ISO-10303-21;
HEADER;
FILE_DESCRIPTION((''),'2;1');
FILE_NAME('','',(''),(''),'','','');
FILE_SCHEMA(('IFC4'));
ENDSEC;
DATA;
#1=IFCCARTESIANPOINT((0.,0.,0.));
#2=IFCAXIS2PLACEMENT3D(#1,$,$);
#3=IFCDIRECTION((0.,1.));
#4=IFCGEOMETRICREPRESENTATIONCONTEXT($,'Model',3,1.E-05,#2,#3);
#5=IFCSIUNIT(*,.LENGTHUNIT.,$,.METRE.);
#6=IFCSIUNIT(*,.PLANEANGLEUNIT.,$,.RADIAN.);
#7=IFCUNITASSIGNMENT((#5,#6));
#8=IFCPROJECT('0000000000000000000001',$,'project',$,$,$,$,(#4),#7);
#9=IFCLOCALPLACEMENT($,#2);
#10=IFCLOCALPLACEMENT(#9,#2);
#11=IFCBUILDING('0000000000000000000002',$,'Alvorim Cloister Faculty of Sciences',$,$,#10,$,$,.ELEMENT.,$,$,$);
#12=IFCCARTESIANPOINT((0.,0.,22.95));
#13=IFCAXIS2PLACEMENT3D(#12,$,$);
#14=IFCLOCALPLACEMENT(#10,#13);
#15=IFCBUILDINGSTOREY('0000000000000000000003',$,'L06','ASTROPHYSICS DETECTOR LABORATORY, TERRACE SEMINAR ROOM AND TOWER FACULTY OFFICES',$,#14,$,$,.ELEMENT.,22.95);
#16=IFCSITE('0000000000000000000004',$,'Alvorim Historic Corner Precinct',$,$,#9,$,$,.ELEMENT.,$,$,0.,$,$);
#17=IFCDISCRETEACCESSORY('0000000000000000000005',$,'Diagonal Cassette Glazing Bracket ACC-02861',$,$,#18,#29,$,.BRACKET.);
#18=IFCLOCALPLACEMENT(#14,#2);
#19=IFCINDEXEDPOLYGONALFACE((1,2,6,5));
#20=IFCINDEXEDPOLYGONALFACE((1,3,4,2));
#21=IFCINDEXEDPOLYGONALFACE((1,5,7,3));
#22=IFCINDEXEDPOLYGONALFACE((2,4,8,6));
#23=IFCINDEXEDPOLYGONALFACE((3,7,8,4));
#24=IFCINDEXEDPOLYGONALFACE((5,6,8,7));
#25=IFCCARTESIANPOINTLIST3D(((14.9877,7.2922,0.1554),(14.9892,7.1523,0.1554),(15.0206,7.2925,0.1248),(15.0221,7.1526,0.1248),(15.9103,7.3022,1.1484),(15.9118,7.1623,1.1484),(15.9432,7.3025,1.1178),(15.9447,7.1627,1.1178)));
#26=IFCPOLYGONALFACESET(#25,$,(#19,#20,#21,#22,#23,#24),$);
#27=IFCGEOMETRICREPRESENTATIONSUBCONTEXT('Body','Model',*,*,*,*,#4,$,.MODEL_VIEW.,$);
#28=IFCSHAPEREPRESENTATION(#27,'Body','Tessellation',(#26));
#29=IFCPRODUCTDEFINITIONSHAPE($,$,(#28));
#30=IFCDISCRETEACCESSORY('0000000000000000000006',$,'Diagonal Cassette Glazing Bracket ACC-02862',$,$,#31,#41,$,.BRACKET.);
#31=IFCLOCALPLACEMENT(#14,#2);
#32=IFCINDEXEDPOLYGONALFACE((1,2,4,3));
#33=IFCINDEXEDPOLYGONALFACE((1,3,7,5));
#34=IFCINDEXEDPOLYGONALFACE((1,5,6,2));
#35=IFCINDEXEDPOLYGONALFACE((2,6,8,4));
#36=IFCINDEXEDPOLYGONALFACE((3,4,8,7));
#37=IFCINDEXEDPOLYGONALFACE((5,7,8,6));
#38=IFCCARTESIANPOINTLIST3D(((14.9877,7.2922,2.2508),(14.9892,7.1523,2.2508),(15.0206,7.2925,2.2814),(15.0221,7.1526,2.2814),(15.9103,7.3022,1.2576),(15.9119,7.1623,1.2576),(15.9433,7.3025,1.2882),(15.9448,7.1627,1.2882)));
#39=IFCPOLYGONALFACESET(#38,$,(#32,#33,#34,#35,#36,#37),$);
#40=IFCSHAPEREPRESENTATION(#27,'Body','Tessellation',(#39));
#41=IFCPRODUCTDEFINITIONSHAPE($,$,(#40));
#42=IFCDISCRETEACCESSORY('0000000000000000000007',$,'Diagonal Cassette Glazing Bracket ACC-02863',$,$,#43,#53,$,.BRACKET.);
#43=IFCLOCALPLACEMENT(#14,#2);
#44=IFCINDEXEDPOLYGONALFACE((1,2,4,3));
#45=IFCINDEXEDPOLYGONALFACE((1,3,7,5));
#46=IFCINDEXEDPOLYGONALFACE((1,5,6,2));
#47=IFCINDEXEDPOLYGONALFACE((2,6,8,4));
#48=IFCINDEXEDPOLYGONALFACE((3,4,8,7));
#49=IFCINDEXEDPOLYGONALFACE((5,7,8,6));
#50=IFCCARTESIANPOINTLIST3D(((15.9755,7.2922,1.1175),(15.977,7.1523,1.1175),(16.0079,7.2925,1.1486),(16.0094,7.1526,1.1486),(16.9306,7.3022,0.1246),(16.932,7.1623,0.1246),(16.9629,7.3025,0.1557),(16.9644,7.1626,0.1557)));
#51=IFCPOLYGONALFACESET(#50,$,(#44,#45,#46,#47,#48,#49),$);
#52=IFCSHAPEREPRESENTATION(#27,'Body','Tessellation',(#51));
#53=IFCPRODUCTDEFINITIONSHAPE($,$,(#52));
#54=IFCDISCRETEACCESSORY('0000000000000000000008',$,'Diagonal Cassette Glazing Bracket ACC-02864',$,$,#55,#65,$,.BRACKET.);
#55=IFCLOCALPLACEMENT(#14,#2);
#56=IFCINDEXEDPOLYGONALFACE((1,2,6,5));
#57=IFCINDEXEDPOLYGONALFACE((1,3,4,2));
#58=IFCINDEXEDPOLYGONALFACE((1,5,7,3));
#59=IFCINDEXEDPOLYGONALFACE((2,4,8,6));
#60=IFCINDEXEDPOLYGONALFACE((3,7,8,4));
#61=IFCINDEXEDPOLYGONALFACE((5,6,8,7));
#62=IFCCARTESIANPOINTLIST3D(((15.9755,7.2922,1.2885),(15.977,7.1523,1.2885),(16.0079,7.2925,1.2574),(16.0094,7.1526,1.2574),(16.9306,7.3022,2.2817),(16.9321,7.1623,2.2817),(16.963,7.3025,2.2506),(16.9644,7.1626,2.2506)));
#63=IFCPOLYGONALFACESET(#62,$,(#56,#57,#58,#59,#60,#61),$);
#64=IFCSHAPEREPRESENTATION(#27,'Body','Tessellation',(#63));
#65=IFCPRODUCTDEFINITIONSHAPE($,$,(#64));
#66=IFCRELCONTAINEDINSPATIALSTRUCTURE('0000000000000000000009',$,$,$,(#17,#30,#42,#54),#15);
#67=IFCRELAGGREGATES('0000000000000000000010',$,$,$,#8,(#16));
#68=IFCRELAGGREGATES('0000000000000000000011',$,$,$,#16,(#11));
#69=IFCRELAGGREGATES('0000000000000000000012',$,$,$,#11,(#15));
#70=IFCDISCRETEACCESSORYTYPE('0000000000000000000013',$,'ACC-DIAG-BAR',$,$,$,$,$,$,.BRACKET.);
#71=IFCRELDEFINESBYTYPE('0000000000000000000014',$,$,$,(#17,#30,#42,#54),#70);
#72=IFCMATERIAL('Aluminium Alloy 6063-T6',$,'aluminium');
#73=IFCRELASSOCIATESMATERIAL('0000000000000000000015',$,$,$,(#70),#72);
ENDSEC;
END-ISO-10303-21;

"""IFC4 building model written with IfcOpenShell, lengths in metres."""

from ifc_helpers import new_model, si_unit, direction, frame, origin, origin_2d, place, context, subcontext, project, spatial, rectangle, extrude, material, type_object, element, save


model = new_model("IFC4")

# Units and contexts
model_context = context("Model", 3, precision=1e-05, world=origin(), true_north=direction((0.0, 1.0)))
body_context = subcontext(model_context, "Body", "Model", "MODEL_VIEW")
ifc_project = project(units=[si_unit("LENGTHUNIT", "METRE"), si_unit("PLANEANGLEUNIT", "RADIAN")], contexts=[model_context])

# Site, building, storey
site_placement = place(None, origin())
site = spatial("IfcSite", under=ifc_project, at=site_placement, Name="Alvorim Historic Corner Precinct", CompositionType="ELEMENT", RefElevation=0.0)
building_placement = place(site_placement, origin())
building = spatial("IfcBuilding", under=site, at=building_placement, Name="Alvorim Cloister Faculty of Sciences", CompositionType="ELEMENT")
storey_placement = place(building_placement, frame((0.0, 0.0, 22.95)))
storey = spatial("IfcBuildingStorey", under=building, at=storey_placement, Name="L06", Description="ASTROPHYSICS DETECTOR LABORATORY, TERRACE SEMINAR ROOM AND TOWER FACULTY OFFICES", CompositionType="ELEMENT", Elevation=22.95)

# Shared definitions
ifc_material_1 = material(Name="Aluminium Alloy 6063-T6", Category="aluminium")

# Discrete accessories
discrete_accessory_type = type_object("IfcDiscreteAccessoryType", Name="ACC-DIAG-BAR", PredefinedType="BRACKET", material=ifc_material_1)
discrete_accessory_1_placement = place(storey_placement, frame((15.0049, 7.2224, 0.1401), z_axis=(0.680674, 0.007385, 0.732549), x_axis=(-0.010849, 0.999941, 0.0)))
element("IfcDiscreteAccessory", 1, at=discrete_accessory_1_placement, inside=storey, type_object=discrete_accessory_type, Name="Diagonal Cassette Glazing Bracket ACC-02861", PredefinedType="BRACKET", context=body_context, shape_type="SweptSolid", body=[
    extrude(rectangle(XDim=0.1399, YDim=0.0449, at=origin_2d()), origin(), (0.0, 0.0, 1.0), 1.3555),
])
discrete_accessory_2_placement = place(storey_placement, frame((15.0049, 7.2224, 2.2661), z_axis=(0.680585, 0.007384, -0.732632), x_axis=(-0.010849, 0.999941, 0.0)))
element("IfcDiscreteAccessory", 2, at=discrete_accessory_2_placement, inside=storey, type_object=discrete_accessory_type, Name="Diagonal Cassette Glazing Bracket ACC-02862", PredefinedType="BRACKET", context=body_context, shape_type="SweptSolid", body=[
    extrude(rectangle(XDim=0.1399, YDim=0.0449, at=origin_2d()), origin(), (0.0, 0.0, 1.0), 1.3557),
])
discrete_accessory_3_placement = place(storey_placement, frame((15.9924, 7.2224, 1.1331), z_axis=(0.693221, 0.007265, -0.720688), x_axis=(-0.01048, 0.999945, 0.0)))
element("IfcDiscreteAccessory", 3, at=discrete_accessory_3_placement, inside=storey, type_object=discrete_accessory_type, Name="Diagonal Cassette Glazing Bracket ACC-02863", PredefinedType="BRACKET", context=body_context, shape_type="SweptSolid", body=[
    extrude(rectangle(XDim=0.1399, YDim=0.0449, at=origin_2d()), origin(), (0.0, 0.0, 1.0), 1.3777),
])
discrete_accessory_4_placement = place(storey_placement, frame((15.9924, 7.2224, 1.2729), z_axis=(0.693133, 0.007264, 0.720773), x_axis=(-0.01048, 0.999945, 0.0)))
element("IfcDiscreteAccessory", 4, at=discrete_accessory_4_placement, inside=storey, type_object=discrete_accessory_type, Name="Diagonal Cassette Glazing Bracket ACC-02864", PredefinedType="BRACKET", context=body_context, shape_type="SweptSolid", body=[
    extrude(rectangle(XDim=0.1399, YDim=0.0449, at=origin_2d()), origin(), (0.0, 0.0, 1.0), 1.3779),
])

save(model, "model.ifc")
